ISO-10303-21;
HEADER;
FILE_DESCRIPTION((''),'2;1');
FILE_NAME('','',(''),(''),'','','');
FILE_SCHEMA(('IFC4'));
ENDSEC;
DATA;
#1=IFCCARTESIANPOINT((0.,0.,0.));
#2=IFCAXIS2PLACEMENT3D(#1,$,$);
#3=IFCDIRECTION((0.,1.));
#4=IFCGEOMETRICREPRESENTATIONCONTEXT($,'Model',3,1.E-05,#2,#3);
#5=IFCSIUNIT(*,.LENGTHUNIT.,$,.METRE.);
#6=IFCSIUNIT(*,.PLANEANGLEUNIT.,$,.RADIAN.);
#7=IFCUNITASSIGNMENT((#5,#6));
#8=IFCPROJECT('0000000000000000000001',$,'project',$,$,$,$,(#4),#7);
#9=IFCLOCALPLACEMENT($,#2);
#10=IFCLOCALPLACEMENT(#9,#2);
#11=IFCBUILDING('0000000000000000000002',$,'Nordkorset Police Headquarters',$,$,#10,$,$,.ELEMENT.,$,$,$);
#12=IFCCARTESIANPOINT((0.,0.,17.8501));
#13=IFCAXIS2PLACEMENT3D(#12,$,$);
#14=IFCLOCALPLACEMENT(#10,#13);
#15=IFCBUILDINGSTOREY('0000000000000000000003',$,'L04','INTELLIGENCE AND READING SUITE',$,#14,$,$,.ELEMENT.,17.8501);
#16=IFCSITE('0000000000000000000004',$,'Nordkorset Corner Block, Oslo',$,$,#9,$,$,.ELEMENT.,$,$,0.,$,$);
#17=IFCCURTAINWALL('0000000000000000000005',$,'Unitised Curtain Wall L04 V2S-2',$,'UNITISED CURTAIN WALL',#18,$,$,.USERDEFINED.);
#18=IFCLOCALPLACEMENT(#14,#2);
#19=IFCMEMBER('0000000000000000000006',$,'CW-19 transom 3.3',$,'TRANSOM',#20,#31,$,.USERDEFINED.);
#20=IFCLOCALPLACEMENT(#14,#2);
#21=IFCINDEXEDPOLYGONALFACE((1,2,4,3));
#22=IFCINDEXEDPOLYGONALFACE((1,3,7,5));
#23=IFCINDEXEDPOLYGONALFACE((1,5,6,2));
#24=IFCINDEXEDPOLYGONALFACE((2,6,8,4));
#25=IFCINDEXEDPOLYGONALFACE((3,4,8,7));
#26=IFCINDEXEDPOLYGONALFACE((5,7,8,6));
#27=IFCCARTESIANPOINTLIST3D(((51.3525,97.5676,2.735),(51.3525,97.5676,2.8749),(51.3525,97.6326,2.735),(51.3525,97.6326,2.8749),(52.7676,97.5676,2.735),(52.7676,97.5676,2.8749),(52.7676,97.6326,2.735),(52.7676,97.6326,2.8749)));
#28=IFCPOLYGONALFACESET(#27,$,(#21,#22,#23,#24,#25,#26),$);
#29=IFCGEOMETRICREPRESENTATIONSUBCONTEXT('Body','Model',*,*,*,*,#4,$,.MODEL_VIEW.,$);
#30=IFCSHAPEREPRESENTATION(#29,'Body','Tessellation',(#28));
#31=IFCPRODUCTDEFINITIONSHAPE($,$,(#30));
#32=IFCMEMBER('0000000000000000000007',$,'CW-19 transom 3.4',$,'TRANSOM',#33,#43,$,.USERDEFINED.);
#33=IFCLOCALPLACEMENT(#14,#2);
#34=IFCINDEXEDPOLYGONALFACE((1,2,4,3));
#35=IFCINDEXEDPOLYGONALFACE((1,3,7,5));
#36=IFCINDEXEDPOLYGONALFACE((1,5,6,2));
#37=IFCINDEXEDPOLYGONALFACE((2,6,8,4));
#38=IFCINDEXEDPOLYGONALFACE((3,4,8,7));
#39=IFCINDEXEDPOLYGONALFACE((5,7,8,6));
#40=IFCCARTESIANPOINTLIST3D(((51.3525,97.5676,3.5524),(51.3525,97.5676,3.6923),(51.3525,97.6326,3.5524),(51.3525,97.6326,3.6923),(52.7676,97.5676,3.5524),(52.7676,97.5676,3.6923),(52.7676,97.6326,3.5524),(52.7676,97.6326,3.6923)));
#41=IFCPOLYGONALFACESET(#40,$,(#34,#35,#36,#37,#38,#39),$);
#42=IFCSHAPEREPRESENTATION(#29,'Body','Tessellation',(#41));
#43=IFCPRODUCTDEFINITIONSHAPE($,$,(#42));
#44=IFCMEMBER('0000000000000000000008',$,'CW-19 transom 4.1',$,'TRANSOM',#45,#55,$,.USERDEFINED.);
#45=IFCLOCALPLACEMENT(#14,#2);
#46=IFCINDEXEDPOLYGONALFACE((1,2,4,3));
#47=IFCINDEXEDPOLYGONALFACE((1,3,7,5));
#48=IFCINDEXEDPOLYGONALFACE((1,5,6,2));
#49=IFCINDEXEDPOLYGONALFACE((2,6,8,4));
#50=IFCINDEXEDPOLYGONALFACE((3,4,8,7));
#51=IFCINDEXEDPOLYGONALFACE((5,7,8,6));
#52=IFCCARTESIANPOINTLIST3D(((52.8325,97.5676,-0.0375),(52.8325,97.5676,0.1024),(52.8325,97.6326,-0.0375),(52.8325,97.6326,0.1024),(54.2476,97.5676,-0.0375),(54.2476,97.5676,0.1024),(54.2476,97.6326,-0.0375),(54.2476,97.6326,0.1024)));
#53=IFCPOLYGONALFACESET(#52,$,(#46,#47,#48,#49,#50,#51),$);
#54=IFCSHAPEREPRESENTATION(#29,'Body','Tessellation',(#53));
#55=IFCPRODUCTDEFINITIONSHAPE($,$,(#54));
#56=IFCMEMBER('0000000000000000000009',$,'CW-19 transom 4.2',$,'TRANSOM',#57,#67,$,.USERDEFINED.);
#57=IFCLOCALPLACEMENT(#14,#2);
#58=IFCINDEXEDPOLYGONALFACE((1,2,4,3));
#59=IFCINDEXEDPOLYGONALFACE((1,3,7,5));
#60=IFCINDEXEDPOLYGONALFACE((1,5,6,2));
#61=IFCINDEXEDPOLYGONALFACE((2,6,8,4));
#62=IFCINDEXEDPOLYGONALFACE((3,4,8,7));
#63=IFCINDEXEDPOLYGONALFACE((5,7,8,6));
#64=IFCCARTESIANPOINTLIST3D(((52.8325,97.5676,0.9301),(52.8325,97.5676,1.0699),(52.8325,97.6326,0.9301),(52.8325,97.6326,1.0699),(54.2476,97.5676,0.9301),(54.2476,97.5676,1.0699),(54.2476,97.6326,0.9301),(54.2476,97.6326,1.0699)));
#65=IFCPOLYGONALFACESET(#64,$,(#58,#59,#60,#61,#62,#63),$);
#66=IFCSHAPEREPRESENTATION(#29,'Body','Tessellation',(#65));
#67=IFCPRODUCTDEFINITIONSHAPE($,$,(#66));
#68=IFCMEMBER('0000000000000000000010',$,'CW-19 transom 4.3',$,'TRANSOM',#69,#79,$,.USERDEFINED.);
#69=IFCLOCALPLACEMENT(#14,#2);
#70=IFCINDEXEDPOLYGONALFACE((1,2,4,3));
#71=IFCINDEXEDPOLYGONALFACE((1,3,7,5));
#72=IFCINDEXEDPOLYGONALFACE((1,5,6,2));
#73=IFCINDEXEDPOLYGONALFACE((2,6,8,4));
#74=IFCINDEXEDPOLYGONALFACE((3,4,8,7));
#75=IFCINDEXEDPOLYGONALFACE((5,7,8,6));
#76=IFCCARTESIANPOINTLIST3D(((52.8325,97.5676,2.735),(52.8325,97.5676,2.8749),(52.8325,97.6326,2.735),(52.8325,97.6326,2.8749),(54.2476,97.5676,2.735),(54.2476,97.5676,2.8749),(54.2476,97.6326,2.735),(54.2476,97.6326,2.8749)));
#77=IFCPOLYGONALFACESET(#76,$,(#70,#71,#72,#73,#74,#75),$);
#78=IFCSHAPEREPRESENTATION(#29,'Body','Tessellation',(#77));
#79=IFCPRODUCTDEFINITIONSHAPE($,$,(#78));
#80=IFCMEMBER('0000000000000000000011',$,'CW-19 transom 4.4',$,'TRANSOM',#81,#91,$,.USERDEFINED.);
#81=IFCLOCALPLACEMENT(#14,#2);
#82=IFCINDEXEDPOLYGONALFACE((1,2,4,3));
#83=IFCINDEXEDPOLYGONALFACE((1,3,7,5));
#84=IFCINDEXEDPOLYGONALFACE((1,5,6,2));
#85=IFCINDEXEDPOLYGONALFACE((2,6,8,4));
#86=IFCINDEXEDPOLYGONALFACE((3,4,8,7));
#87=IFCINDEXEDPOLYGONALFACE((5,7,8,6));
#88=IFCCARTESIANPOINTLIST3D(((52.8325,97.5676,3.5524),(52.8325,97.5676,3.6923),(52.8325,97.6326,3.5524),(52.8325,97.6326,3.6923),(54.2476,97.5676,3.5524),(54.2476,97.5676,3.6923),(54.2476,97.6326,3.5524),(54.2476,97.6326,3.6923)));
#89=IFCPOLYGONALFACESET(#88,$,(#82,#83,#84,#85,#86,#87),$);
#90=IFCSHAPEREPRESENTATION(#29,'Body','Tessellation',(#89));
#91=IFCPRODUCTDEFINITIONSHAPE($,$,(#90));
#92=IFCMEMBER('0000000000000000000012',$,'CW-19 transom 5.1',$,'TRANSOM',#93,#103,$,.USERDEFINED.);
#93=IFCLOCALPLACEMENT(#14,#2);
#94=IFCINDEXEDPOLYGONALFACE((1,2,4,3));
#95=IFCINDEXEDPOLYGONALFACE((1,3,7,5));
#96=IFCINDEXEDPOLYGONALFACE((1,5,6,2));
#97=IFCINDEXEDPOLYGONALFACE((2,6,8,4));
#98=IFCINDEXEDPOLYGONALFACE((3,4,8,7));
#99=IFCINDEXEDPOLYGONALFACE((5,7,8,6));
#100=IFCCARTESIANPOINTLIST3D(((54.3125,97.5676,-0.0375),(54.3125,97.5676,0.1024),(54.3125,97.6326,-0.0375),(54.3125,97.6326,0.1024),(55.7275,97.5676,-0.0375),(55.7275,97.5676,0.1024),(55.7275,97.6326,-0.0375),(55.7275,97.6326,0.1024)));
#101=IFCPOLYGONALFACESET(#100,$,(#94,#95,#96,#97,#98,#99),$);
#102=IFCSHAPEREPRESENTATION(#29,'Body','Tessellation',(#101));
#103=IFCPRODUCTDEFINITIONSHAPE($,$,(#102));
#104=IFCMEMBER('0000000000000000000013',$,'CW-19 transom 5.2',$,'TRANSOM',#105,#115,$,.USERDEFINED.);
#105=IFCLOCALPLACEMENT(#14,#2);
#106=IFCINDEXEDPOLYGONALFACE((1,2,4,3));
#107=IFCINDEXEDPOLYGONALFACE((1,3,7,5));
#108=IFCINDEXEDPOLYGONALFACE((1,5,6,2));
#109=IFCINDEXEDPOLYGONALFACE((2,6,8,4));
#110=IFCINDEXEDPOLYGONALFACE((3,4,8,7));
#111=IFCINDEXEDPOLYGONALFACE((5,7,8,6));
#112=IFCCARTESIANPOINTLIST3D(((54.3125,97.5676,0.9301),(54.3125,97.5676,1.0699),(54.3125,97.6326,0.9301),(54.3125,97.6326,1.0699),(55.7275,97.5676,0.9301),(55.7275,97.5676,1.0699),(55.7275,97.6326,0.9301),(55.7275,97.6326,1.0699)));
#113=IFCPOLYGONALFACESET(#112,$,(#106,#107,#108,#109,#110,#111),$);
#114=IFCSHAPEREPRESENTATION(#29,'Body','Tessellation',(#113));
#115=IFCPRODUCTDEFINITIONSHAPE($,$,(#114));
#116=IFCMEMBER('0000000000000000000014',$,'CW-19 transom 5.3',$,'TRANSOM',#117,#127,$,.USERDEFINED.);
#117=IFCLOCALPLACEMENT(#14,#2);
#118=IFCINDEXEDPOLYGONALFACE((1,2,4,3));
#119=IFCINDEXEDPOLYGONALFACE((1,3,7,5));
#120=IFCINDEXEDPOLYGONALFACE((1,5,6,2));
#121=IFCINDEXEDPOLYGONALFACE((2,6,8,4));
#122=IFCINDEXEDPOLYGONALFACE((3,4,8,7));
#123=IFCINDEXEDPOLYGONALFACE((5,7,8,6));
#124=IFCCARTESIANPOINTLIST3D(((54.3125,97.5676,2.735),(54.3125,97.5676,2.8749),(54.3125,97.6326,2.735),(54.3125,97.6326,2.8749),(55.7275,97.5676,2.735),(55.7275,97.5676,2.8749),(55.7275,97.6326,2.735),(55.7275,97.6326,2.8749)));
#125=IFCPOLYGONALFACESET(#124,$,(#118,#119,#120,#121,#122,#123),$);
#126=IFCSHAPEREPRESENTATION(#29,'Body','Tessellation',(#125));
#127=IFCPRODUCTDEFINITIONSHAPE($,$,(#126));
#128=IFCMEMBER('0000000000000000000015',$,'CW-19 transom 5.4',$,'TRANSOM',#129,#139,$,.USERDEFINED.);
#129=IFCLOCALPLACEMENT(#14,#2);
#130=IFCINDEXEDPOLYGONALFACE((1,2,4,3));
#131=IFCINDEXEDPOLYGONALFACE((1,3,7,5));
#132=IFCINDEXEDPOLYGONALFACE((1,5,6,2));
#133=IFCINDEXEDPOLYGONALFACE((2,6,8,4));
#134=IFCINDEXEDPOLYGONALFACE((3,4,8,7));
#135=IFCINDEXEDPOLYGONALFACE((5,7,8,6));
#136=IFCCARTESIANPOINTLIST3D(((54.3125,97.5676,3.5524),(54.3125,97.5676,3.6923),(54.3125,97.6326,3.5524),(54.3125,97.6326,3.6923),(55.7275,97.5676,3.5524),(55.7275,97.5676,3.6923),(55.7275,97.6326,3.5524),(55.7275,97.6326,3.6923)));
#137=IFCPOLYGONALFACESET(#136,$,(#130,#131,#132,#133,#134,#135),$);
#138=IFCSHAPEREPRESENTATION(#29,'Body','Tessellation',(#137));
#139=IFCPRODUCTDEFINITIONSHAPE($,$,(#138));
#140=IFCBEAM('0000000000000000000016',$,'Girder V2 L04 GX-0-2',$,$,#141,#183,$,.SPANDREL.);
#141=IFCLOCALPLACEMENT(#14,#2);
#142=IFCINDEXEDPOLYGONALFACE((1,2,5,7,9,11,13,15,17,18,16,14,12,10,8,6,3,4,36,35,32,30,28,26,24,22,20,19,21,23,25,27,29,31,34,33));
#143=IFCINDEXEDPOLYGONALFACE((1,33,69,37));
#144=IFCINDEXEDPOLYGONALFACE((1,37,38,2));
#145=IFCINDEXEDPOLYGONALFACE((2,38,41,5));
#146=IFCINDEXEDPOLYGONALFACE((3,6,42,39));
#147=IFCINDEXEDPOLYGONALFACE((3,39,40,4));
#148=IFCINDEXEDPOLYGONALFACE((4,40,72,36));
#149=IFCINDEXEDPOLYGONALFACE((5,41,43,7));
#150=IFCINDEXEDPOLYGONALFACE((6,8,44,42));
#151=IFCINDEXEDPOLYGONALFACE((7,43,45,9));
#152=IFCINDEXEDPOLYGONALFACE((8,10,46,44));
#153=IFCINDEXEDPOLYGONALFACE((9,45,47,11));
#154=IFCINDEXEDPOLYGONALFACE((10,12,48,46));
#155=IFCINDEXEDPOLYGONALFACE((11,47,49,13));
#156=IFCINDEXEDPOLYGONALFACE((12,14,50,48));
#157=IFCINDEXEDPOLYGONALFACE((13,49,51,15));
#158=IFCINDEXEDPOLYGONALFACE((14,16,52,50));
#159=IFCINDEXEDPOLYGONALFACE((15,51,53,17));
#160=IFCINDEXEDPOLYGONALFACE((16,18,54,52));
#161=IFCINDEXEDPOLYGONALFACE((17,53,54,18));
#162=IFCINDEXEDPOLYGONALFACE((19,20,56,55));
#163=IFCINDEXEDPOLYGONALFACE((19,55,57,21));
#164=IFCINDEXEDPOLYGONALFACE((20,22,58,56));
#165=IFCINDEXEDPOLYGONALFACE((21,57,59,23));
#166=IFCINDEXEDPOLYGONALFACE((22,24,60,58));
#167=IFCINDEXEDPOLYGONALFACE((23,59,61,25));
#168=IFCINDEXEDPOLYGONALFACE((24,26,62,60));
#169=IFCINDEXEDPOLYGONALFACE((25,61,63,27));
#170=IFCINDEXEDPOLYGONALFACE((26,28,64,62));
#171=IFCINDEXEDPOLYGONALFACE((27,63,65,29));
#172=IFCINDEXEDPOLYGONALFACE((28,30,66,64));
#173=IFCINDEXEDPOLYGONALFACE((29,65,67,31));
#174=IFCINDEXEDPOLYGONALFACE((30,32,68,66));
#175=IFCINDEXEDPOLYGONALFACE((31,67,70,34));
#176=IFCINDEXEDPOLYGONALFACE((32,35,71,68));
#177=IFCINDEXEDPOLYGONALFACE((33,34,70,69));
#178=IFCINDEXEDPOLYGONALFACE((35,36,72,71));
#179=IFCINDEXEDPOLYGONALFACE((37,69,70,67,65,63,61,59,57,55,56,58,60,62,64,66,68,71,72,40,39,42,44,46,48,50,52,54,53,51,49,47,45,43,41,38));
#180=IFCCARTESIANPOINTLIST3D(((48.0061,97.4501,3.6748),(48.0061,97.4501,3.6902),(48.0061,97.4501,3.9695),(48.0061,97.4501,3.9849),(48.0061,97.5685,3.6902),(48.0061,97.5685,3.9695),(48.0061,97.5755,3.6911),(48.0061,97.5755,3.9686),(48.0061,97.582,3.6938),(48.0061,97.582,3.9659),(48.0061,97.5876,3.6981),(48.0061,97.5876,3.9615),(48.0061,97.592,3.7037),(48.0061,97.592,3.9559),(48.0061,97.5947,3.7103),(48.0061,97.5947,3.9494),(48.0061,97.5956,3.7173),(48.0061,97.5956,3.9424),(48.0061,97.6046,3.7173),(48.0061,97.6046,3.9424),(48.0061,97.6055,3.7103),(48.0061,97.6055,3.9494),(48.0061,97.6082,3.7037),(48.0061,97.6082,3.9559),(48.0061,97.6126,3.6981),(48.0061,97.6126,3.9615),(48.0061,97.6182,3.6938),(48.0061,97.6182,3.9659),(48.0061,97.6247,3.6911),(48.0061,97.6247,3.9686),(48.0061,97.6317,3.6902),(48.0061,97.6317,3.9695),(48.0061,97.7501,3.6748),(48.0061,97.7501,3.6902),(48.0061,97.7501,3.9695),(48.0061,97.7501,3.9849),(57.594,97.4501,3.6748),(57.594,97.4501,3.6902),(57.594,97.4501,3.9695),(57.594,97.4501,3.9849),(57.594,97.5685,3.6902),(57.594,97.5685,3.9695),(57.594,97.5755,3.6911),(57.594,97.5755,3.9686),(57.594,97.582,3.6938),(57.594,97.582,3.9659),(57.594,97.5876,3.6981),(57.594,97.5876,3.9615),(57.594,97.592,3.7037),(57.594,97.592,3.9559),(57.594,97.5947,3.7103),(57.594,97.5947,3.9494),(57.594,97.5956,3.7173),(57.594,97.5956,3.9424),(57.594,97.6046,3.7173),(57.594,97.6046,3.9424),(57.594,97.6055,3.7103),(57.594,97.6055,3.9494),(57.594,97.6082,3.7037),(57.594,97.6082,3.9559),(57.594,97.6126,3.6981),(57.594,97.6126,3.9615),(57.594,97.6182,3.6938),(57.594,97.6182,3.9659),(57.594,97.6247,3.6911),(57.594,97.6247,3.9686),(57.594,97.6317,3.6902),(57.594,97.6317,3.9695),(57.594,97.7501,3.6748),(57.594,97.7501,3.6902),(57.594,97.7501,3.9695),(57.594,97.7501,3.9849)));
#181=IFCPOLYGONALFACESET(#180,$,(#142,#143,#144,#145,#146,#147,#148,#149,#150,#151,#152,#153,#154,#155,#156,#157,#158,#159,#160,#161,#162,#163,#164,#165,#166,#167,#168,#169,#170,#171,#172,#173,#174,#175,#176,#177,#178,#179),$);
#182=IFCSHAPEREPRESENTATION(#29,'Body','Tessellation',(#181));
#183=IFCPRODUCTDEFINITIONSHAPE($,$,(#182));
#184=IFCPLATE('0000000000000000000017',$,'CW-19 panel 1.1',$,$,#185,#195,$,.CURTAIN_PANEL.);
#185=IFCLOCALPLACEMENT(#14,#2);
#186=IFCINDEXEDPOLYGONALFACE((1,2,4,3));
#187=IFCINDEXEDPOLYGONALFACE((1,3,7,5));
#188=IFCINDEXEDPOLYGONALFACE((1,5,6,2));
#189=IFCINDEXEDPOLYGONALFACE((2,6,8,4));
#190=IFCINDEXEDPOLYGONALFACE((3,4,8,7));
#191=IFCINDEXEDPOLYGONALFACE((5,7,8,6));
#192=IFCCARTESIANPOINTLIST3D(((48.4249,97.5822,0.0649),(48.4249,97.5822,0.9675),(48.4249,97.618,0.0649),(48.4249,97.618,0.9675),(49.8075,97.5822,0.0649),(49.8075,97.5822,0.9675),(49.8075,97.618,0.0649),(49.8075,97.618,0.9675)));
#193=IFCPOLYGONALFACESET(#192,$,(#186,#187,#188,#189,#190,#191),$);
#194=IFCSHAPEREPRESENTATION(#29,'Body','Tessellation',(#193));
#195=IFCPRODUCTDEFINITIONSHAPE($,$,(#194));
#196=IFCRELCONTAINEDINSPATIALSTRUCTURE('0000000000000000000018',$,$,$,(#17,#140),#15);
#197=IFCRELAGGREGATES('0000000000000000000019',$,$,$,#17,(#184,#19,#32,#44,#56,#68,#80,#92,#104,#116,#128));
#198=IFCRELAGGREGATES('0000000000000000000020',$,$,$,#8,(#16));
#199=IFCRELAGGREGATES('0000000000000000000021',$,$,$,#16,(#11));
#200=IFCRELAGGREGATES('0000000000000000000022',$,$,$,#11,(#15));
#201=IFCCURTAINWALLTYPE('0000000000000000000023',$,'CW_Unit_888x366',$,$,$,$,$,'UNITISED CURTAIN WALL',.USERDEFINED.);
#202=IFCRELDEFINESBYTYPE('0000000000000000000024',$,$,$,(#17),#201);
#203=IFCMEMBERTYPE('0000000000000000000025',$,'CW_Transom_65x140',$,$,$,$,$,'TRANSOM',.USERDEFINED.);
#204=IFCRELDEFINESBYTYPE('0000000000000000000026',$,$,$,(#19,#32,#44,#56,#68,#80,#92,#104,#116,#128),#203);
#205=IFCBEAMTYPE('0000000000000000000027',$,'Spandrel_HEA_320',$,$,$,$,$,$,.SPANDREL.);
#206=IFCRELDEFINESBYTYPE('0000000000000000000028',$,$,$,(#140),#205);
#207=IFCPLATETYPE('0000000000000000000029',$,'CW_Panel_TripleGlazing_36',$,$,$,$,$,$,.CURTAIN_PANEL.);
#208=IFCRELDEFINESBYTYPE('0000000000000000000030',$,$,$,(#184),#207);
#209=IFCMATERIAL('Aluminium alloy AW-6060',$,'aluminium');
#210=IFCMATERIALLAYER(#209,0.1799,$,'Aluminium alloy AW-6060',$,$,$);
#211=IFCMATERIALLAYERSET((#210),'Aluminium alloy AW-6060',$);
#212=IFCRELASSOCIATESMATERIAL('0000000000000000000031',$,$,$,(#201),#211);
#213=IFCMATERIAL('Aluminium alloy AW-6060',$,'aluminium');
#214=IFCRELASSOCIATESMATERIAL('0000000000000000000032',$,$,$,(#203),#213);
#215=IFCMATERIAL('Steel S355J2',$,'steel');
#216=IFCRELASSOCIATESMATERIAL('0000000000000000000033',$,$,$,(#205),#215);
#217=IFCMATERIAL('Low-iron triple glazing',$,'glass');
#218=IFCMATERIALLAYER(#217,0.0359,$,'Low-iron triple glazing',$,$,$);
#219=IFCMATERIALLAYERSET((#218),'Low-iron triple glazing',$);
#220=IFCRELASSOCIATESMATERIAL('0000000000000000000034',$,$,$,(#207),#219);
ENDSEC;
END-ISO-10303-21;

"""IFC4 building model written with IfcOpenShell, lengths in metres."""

from ifc_helpers import new_model, si_unit, direction, frame, origin, origin_2d, place, context, subcontext, project, spatial, rectangle, i_section, extrude, material, layer, layer_set, material_profile, profile_set, type_object, element, aggregate, save


model = new_model("IFC4")

# Units and contexts
model_context = context("Model", 3, precision=1e-05, world=origin(), true_north=direction((0.0, 1.0)))
body_context = subcontext(model_context, "Body", "Model", "MODEL_VIEW")
ifc_project = project(units=[si_unit("LENGTHUNIT", "METRE"), si_unit("PLANEANGLEUNIT", "RADIAN")], contexts=[model_context])

# Site, building, storey
site_placement = place(None, origin())
site = spatial("IfcSite", under=ifc_project, at=site_placement, Name="Nordkorset Corner Block, Oslo", CompositionType="ELEMENT", RefElevation=0.0)
building_placement = place(site_placement, origin())
building = spatial("IfcBuilding", under=site, at=building_placement, Name="Nordkorset Police Headquarters", CompositionType="ELEMENT")
storey_placement = place(building_placement, frame((0.0, 0.0, 17.8501)))
storey = spatial("IfcBuildingStorey", under=building, at=storey_placement, Name="L04", Description="INTELLIGENCE AND READING SUITE", CompositionType="ELEMENT", Elevation=17.8501)

# Curtain wall, members
ifc_material_1 = material(Name="Aluminium alloy AW-6060", Category="aluminium")
ifc_layer_1 = layer(ifc_material_1, 0.1799, Name="Aluminium alloy AW-6060")
ifc_layer_set_1 = layer_set([ifc_layer_1], Name="Aluminium alloy AW-6060")
curtain_wall_type = type_object("IfcCurtainWallType", Name="CW_Unit_888x366", ElementType="UNITISED CURTAIN WALL", PredefinedType="USERDEFINED", material=ifc_layer_set_1)
curtain_wall_placement = place(storey_placement, origin())
curtain_wall = element("IfcCurtainWall", 1, at=curtain_wall_placement, inside=storey, type_object=curtain_wall_type, Name="Unitised Curtain Wall L04 V2S-2", ObjectType="UNITISED CURTAIN WALL", PredefinedType="USERDEFINED")
ifc_material_2 = material(Name="Aluminium alloy AW-6060", Category="aluminium")
ifc_material_profile_1 = material_profile(ifc_material_2, rectangle(XDim=0.0649, YDim=0.1399, at=origin_2d()), Name="ALU TRAN 65x140")
ifc_profile_set_1 = profile_set([ifc_material_profile_1], Name="Aluminium alloy AW-6060")
member_type_1 = type_object("IfcMemberType", Name="CW_Transom_65x140", ElementType="TRANSOM", PredefinedType="USERDEFINED", material=ifc_profile_set_1)
member_1_placement = place(storey_placement, frame((51.3525, 97.6001, 2.8049), z_axis=(1.0, 0.0, 0.0), x_axis=(0.0, 1.0, 0.0)))
member_1 = element("IfcMember", 2, at=member_1_placement, type_object=member_type_1, Name="CW-19 transom 3.3", ObjectType="TRANSOM", PredefinedType="USERDEFINED", context=body_context, shape_type="SweptSolid", body=[
    extrude(rectangle(XDim=0.0649, YDim=0.1399, at=origin_2d()), origin(), (0.0, 0.0, 1.0), 1.415),
])
member_2_placement = place(storey_placement, frame((51.3525, 97.6001, 3.6223), z_axis=(1.0, 0.0, 0.0), x_axis=(0.0, 1.0, 0.0)))
member_2 = element("IfcMember", 3, at=member_2_placement, type_object=member_type_1, Name="CW-19 transom 3.4", ObjectType="TRANSOM", PredefinedType="USERDEFINED", context=body_context, shape_type="SweptSolid", body=[
    extrude(rectangle(XDim=0.0649, YDim=0.1399, at=origin_2d()), origin(), (0.0, 0.0, 1.0), 1.415),
])
member_3_placement = place(storey_placement, frame((52.8325, 97.6001, 0.0325), z_axis=(1.0, 0.0, 0.0), x_axis=(0.0, 1.0, 0.0)))
member_3 = element("IfcMember", 4, at=member_3_placement, type_object=member_type_1, Name="CW-19 transom 4.1", ObjectType="TRANSOM", PredefinedType="USERDEFINED", context=body_context, shape_type="SweptSolid", body=[
    extrude(rectangle(XDim=0.0649, YDim=0.1399, at=origin_2d()), origin(), (0.0, 0.0, 1.0), 1.415),
])
member_4_placement = place(storey_placement, frame((52.8325, 97.6001, 1.0), z_axis=(1.0, 0.0, 0.0), x_axis=(0.0, 1.0, 0.0)))
member_4 = element("IfcMember", 5, at=member_4_placement, type_object=member_type_1, Name="CW-19 transom 4.2", ObjectType="TRANSOM", PredefinedType="USERDEFINED", context=body_context, shape_type="SweptSolid", body=[
    extrude(rectangle(XDim=0.0649, YDim=0.1399, at=origin_2d()), origin(), (0.0, 0.0, 1.0), 1.415),
])
member_5_placement = place(storey_placement, frame((52.8325, 97.6001, 2.8049), z_axis=(1.0, 0.0, 0.0), x_axis=(0.0, 1.0, 0.0)))
member_5 = element("IfcMember", 6, at=member_5_placement, type_object=member_type_1, Name="CW-19 transom 4.3", ObjectType="TRANSOM", PredefinedType="USERDEFINED", context=body_context, shape_type="SweptSolid", body=[
    extrude(rectangle(XDim=0.0649, YDim=0.1399, at=origin_2d()), origin(), (0.0, 0.0, 1.0), 1.415),
])
member_6_placement = place(storey_placement, frame((52.8325, 97.6001, 3.6223), z_axis=(1.0, 0.0, 0.0), x_axis=(0.0, 1.0, 0.0)))
member_6 = element("IfcMember", 7, at=member_6_placement, type_object=member_type_1, Name="CW-19 transom 4.4", ObjectType="TRANSOM", PredefinedType="USERDEFINED", context=body_context, shape_type="SweptSolid", body=[
    extrude(rectangle(XDim=0.0649, YDim=0.1399, at=origin_2d()), origin(), (0.0, 0.0, 1.0), 1.415),
])
member_7_placement = place(storey_placement, frame((54.3125, 97.6001, 0.0325), z_axis=(1.0, 0.0, 0.0), x_axis=(0.0, 1.0, 0.0)))
member_7 = element("IfcMember", 8, at=member_7_placement, type_object=member_type_1, Name="CW-19 transom 5.1", ObjectType="TRANSOM", PredefinedType="USERDEFINED", context=body_context, shape_type="SweptSolid", body=[
    extrude(rectangle(XDim=0.0649, YDim=0.1399, at=origin_2d()), origin(), (0.0, 0.0, 1.0), 1.415),
])
member_8_placement = place(storey_placement, frame((54.3125, 97.6001, 1.0), z_axis=(1.0, 0.0, 0.0), x_axis=(0.0, 1.0, 0.0)))
member_8 = element("IfcMember", 9, at=member_8_placement, type_object=member_type_1, Name="CW-19 transom 5.2", ObjectType="TRANSOM", PredefinedType="USERDEFINED", context=body_context, shape_type="SweptSolid", body=[
    extrude(rectangle(XDim=0.0649, YDim=0.1399, at=origin_2d()), origin(), (0.0, 0.0, 1.0), 1.415),
])
member_9_placement = place(storey_placement, frame((54.3125, 97.6001, 2.8049), z_axis=(1.0, 0.0, 0.0), x_axis=(0.0, 1.0, 0.0)))
member_9 = element("IfcMember", 10, at=member_9_placement, type_object=member_type_1, Name="CW-19 transom 5.3", ObjectType="TRANSOM", PredefinedType="USERDEFINED", context=body_context, shape_type="SweptSolid", body=[
    extrude(rectangle(XDim=0.0649, YDim=0.1399, at=origin_2d()), origin(), (0.0, 0.0, 1.0), 1.415),
])
member_10_placement = place(storey_placement, frame((54.3125, 97.6001, 3.6223), z_axis=(1.0, 0.0, 0.0), x_axis=(0.0, 1.0, 0.0)))
member_10 = element("IfcMember", 11, at=member_10_placement, type_object=member_type_1, Name="CW-19 transom 5.4", ObjectType="TRANSOM", PredefinedType="USERDEFINED", context=body_context, shape_type="SweptSolid", body=[
    extrude(rectangle(XDim=0.0649, YDim=0.1399, at=origin_2d()), origin(), (0.0, 0.0, 1.0), 1.415),
])

# Beam
ifc_material_3 = material(Name="Steel S355J2", Category="steel")
ifc_material_profile_2 = material_profile(ifc_material_3, i_section(OverallWidth=0.3, OverallDepth=0.3101, WebThickness=0.009, FlangeThickness=0.0154, FilletRadius=0.0271, at=origin_2d()), Name="HEA 320")
ifc_profile_set_2 = profile_set([ifc_material_profile_2], Name="Steel S355J2")
beam_type = type_object("IfcBeamType", Name="Spandrel_HEA_320", PredefinedType="SPANDREL", material=ifc_profile_set_2)
beam_placement = place(storey_placement, frame((48.0061, 97.6001, 3.8298), z_axis=(1.0, 0.0, 0.0), x_axis=(0.0, 1.0, 0.0)))
element("IfcBeam", 12, at=beam_placement, inside=storey, type_object=beam_type, Name="Girder V2 L04 GX-0-2", PredefinedType="SPANDREL", context=body_context, shape_type="SweptSolid", body=[
    extrude(i_section(OverallWidth=0.3, OverallDepth=0.3101, WebThickness=0.009, FlangeThickness=0.0154, FilletRadius=0.0271, at=origin_2d()), origin(), (0.0, 0.0, 1.0), 9.5879),
])

# Plate
ifc_material_4 = material(Name="Low-iron triple glazing", Category="glass")
ifc_layer_2 = layer(ifc_material_4, 0.0359, Name="Low-iron triple glazing")
ifc_layer_set_2 = layer_set([ifc_layer_2], Name="Low-iron triple glazing")
plate_type = type_object("IfcPlateType", Name="CW_Panel_TripleGlazing_36", PredefinedType="CURTAIN_PANEL", material=ifc_layer_set_2)
plate_1_placement = place(storey_placement, frame((49.1162, 97.6001, 0.0649), z_axis=(0.0, 0.0, 1.0), x_axis=(1.0, 0.0, 0.0)))
plate_1 = element("IfcPlate", 13, at=plate_1_placement, type_object=plate_type, Name="CW-19 panel 1.1", PredefinedType="CURTAIN_PANEL", context=body_context, shape_type="SweptSolid", body=[
    extrude(rectangle(XDim=1.3826, YDim=0.0359, at=origin_2d()), origin(), (0.0, 0.0, 1.0), 0.9026),
])
aggregate(curtain_wall, [plate_1, member_1, member_2, member_3, member_4, member_5, member_6, member_7, member_8, member_9, member_10])

save(model, "model.ifc")
